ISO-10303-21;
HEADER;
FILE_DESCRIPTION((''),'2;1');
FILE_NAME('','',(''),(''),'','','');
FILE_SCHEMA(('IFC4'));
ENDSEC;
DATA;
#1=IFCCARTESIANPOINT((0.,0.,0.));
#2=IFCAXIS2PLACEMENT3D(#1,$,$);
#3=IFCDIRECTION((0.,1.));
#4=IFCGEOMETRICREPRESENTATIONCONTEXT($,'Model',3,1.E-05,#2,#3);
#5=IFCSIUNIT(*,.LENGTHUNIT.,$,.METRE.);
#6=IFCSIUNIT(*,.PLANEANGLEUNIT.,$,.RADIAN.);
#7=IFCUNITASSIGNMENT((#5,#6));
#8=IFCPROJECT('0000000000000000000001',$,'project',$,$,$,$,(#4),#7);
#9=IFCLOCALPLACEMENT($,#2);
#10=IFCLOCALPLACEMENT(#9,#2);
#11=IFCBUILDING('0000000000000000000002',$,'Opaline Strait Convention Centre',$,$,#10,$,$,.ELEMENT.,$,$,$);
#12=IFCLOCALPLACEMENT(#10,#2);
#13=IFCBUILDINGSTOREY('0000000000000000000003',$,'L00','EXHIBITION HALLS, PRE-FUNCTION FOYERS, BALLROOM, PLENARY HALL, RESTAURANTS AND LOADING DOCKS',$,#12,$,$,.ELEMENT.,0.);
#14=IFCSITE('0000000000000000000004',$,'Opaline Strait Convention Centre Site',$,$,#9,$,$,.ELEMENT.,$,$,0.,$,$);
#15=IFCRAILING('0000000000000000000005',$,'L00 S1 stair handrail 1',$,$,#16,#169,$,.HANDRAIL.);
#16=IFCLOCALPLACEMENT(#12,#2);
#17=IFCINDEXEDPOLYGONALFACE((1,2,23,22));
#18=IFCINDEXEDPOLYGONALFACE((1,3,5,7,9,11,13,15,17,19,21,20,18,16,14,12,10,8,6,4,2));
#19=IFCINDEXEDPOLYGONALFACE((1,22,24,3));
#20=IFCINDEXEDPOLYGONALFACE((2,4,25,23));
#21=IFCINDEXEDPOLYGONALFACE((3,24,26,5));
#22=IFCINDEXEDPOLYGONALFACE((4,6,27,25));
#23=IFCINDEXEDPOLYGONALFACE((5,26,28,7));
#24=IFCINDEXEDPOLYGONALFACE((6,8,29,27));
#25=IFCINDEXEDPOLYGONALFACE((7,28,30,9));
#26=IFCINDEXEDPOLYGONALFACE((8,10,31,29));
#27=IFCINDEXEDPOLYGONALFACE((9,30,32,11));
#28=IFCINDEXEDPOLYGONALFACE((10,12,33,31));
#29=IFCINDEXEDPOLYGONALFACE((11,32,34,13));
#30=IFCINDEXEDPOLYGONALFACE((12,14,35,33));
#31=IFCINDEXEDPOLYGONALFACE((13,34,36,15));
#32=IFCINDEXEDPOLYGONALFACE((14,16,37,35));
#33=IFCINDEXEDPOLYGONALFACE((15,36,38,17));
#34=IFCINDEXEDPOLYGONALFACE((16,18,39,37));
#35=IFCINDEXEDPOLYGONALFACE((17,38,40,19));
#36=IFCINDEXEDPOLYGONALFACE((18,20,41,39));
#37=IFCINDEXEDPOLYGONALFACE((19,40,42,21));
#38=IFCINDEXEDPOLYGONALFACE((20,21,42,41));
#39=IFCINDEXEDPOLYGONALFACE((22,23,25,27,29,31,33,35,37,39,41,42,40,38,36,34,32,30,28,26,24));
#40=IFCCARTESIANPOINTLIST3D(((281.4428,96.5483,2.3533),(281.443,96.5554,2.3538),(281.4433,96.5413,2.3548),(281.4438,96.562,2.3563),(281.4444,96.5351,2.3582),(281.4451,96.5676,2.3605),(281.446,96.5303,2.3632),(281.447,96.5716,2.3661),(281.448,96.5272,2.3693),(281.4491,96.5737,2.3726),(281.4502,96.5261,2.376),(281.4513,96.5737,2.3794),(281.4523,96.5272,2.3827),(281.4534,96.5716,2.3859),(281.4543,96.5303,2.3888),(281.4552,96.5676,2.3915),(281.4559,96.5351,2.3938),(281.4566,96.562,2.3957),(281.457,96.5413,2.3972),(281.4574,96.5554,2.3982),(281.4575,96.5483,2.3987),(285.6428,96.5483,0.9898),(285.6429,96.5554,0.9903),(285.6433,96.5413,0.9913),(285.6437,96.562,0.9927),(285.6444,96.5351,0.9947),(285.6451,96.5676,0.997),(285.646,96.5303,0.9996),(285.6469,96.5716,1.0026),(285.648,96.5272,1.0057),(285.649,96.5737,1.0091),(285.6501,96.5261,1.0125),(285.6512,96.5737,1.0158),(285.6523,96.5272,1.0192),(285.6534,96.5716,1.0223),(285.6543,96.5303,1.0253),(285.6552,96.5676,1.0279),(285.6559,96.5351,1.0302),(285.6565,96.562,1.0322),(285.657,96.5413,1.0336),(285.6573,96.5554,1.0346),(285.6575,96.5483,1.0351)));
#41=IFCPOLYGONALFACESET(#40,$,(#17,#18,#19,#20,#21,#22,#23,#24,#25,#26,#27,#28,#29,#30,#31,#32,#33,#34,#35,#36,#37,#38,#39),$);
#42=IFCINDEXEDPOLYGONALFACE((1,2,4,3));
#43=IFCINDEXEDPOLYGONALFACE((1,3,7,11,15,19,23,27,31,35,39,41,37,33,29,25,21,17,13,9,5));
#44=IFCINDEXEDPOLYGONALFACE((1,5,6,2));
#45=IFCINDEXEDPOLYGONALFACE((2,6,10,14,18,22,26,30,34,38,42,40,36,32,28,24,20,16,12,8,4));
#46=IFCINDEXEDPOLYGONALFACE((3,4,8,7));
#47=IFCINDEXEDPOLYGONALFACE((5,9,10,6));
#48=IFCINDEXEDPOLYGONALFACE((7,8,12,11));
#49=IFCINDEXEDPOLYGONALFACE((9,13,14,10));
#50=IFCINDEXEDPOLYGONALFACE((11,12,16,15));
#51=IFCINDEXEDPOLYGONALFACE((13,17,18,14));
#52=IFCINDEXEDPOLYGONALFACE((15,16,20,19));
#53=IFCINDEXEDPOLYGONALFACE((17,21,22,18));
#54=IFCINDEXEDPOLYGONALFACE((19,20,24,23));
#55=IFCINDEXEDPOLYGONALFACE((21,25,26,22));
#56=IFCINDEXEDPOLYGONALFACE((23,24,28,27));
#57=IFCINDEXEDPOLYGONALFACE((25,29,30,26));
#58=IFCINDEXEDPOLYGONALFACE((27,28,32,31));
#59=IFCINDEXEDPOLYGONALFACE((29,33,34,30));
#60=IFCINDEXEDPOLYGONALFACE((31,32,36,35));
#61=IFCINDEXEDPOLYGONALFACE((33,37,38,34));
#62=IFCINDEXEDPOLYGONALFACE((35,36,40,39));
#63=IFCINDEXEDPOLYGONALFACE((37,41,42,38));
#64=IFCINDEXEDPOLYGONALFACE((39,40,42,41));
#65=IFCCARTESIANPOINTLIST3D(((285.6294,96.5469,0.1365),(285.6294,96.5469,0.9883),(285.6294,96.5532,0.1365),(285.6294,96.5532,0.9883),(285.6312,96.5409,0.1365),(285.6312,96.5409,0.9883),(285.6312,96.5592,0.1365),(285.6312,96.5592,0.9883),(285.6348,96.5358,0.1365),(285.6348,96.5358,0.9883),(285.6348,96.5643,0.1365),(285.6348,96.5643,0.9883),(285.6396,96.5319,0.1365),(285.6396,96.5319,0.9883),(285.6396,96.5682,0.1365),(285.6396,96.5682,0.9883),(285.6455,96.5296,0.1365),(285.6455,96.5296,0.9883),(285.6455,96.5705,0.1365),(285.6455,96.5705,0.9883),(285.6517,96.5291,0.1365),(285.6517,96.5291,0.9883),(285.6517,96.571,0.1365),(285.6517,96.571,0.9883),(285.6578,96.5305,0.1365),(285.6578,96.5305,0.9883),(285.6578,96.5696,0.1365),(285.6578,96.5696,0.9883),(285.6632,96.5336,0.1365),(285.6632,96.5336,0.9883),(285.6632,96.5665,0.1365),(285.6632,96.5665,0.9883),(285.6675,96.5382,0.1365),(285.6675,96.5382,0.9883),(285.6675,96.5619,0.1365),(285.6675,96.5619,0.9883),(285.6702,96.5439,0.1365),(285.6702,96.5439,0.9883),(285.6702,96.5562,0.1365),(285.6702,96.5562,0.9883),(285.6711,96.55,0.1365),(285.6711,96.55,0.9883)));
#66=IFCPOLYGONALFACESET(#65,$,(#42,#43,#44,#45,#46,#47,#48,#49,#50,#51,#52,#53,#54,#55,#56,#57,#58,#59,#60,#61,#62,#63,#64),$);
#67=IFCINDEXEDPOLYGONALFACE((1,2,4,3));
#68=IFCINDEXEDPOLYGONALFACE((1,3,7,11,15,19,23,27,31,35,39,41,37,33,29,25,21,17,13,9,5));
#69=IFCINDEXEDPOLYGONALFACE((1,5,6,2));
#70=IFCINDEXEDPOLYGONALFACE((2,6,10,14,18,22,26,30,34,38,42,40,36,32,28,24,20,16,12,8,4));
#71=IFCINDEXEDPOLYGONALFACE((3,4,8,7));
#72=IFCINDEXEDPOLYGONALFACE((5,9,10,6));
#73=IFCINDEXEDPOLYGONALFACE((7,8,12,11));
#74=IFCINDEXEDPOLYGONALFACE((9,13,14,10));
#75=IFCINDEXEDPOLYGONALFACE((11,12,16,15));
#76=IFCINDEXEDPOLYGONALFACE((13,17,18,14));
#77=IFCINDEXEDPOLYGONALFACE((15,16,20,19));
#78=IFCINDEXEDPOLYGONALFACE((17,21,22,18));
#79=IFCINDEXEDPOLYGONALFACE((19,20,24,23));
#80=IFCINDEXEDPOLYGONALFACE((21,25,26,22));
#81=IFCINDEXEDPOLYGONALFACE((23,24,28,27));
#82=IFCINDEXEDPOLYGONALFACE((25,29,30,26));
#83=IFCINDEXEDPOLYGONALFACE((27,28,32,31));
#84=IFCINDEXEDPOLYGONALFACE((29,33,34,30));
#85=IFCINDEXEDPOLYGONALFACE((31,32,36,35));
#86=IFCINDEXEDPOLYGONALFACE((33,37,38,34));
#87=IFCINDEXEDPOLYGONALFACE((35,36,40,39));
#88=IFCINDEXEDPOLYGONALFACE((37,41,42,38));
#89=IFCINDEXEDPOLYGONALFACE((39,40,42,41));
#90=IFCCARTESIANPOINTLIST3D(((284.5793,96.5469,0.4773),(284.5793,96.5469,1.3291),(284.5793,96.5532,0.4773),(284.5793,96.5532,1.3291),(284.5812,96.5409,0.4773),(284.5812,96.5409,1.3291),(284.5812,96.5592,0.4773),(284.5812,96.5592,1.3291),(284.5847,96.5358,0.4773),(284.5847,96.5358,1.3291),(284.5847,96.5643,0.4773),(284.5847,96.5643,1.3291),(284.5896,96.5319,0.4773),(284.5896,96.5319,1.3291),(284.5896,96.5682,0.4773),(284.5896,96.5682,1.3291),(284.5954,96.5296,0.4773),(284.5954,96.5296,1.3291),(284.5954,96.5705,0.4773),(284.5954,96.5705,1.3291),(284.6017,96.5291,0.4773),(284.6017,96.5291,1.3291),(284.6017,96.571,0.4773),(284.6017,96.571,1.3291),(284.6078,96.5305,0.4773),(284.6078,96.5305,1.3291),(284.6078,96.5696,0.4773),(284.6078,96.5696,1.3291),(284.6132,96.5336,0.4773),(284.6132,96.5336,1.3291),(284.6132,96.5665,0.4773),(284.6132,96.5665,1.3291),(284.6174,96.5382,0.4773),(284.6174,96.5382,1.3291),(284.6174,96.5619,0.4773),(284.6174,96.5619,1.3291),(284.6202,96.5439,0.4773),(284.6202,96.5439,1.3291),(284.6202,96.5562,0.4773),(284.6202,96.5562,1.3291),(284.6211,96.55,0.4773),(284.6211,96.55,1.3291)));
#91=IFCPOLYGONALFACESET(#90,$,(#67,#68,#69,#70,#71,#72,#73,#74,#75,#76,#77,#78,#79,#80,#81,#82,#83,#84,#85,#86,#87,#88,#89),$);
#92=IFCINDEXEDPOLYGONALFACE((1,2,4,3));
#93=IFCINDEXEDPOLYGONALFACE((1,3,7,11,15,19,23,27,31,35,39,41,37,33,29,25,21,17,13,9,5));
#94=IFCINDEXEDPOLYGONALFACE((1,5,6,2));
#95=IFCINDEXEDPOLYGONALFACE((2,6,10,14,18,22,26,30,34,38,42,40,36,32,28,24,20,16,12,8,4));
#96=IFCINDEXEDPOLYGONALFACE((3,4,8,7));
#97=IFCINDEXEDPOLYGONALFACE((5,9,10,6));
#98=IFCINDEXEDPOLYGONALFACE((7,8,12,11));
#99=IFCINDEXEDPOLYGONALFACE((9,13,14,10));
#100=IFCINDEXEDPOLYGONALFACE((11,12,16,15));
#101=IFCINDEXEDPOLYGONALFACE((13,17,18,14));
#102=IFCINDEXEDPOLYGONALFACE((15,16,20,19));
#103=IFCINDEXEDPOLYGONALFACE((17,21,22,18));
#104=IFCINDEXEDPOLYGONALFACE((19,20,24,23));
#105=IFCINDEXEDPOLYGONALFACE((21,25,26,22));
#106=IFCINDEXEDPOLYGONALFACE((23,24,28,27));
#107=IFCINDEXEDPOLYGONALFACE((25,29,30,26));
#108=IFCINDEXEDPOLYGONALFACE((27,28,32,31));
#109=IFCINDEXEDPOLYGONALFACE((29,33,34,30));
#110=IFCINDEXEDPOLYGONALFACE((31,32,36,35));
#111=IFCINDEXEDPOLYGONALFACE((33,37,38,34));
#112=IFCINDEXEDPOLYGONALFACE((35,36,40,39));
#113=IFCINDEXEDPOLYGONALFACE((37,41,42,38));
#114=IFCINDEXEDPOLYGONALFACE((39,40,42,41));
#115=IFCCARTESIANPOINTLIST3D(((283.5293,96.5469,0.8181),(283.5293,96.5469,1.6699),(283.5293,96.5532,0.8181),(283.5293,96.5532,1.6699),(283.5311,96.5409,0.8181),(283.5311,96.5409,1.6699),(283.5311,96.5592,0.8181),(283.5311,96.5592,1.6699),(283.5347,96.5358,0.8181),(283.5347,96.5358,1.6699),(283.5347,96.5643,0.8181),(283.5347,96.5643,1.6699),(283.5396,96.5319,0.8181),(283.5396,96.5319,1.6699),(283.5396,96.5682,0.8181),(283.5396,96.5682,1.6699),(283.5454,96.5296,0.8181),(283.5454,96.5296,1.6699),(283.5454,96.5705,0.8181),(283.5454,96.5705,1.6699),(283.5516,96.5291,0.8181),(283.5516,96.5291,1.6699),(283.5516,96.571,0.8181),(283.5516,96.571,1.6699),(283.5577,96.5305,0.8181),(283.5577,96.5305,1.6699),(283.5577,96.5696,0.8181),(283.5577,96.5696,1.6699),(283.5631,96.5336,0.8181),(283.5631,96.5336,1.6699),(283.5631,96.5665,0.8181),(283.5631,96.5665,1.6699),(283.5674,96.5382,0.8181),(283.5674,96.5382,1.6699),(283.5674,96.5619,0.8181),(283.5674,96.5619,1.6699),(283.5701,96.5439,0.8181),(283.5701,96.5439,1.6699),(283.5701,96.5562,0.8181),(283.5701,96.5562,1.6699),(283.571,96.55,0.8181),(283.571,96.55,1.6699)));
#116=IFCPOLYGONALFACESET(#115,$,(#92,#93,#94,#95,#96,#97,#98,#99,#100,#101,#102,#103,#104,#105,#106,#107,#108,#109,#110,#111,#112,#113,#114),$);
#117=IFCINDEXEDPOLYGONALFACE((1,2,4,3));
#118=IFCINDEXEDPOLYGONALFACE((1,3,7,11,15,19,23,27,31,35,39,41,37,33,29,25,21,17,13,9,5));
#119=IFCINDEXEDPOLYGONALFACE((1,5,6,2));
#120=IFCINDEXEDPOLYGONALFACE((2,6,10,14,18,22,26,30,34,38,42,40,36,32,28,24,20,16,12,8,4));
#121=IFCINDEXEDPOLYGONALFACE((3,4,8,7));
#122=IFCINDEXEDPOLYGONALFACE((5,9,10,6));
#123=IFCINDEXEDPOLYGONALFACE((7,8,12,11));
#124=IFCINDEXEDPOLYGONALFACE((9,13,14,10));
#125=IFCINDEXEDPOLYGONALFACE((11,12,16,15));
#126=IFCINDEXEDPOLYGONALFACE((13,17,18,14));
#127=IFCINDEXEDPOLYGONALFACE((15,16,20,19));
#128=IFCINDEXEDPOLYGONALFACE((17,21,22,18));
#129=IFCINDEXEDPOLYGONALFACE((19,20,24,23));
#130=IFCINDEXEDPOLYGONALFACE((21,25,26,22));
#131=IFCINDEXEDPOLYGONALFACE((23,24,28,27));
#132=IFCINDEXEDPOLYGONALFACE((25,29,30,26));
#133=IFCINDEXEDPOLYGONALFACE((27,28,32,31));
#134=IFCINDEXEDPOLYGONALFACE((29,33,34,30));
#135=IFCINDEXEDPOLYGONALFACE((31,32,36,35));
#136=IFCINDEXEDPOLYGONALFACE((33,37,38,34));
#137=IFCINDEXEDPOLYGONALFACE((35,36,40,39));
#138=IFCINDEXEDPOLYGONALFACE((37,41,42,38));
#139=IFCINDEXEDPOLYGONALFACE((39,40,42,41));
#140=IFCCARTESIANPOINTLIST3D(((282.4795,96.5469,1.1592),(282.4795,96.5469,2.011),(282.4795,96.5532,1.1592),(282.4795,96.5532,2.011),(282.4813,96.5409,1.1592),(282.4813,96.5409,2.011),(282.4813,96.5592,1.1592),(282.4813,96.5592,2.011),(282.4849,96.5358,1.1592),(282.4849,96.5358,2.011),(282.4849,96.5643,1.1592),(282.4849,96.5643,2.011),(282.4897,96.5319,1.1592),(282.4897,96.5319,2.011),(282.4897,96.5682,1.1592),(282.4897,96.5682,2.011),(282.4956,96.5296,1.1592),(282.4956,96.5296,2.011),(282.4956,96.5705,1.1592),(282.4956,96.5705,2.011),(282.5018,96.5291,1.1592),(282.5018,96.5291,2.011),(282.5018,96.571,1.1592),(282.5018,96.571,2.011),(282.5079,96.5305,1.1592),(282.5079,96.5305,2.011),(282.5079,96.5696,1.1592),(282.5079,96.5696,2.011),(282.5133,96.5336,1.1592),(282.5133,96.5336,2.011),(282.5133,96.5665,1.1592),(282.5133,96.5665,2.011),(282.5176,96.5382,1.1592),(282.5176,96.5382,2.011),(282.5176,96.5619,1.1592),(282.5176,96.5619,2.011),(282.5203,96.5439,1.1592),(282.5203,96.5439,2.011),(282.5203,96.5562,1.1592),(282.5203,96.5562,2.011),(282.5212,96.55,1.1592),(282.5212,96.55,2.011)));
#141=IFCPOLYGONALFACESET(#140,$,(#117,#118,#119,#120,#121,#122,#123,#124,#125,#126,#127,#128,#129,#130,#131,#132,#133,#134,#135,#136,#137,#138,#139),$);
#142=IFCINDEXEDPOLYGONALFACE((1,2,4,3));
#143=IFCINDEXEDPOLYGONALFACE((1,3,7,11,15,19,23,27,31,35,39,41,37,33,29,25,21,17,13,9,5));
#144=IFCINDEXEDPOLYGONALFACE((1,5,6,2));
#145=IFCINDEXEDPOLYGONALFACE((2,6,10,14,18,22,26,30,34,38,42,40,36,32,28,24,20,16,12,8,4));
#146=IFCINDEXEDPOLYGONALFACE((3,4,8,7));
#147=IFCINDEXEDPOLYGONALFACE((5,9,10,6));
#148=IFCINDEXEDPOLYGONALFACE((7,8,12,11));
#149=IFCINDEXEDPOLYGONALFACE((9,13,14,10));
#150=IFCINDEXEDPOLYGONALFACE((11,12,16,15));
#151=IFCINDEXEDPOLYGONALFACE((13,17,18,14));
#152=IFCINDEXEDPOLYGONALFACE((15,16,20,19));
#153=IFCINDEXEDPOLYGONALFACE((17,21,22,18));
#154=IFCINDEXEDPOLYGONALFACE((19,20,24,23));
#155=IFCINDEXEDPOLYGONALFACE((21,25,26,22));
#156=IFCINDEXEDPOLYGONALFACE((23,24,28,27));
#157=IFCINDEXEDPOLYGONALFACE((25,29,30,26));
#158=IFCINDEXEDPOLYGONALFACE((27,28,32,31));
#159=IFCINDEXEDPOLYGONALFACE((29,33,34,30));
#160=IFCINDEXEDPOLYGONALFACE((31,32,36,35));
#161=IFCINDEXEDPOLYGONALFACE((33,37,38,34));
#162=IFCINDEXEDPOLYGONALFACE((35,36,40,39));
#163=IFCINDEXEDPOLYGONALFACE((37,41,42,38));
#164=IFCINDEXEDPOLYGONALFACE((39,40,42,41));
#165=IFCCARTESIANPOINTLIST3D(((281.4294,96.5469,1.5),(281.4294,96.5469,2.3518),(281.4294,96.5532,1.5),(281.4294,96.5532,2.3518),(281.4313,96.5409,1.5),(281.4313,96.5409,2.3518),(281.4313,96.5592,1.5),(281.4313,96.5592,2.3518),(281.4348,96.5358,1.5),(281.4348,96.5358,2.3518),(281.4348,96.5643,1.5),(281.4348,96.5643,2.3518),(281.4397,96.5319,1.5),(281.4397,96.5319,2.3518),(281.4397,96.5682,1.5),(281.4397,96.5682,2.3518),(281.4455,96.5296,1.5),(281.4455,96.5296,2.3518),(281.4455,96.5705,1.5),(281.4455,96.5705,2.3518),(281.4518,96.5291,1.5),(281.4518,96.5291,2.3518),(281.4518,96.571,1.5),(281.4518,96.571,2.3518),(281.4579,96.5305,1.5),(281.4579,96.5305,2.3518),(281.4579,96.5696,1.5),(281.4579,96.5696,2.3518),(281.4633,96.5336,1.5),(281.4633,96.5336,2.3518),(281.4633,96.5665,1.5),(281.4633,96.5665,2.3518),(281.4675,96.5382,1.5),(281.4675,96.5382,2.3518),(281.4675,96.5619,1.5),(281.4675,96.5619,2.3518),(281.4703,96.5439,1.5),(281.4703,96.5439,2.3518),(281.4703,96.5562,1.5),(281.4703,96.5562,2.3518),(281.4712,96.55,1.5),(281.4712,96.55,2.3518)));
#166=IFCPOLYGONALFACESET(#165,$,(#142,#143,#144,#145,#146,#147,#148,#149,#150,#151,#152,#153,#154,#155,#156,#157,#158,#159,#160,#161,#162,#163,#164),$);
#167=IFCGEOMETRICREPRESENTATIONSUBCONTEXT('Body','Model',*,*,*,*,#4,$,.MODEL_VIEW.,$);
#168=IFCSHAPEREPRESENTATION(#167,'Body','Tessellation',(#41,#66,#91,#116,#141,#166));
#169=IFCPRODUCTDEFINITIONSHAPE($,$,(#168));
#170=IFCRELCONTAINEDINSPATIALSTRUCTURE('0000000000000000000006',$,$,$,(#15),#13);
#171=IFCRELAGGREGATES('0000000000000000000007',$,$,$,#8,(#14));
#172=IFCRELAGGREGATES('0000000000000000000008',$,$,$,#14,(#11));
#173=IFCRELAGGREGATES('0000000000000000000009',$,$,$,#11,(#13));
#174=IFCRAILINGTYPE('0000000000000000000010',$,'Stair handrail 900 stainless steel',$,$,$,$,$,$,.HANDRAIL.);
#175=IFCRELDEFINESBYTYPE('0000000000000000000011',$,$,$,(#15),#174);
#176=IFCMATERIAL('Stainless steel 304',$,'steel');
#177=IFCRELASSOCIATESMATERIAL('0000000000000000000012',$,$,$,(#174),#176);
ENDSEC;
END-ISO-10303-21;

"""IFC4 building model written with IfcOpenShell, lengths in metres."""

from ifc_helpers import new_model, si_unit, direction, frame, origin, origin_2d, place, context, subcontext, project, spatial, circle, extrude, material, type_object, element, save


model = new_model("IFC4")

# Units and contexts
model_context = context("Model", 3, precision=1e-05, world=origin(), true_north=direction((0.0, 1.0)))
body_context = subcontext(model_context, "Body", "Model", "MODEL_VIEW")
ifc_project = project(units=[si_unit("LENGTHUNIT", "METRE"), si_unit("PLANEANGLEUNIT", "RADIAN")], contexts=[model_context])

# Site, building, storey
site_placement = place(None, origin())
site = spatial("IfcSite", under=ifc_project, at=site_placement, Name="Opaline Strait Convention Centre Site", CompositionType="ELEMENT", RefElevation=0.0)
building_placement = place(site_placement, origin())
building = spatial("IfcBuilding", under=site, at=building_placement, Name="Opaline Strait Convention Centre", CompositionType="ELEMENT")
storey_placement = place(building_placement, origin())
storey = spatial("IfcBuildingStorey", under=building, at=storey_placement, Name="L00", Description="EXHIBITION HALLS, PRE-FUNCTION FOYERS, BALLROOM, PLENARY HALL, RESTAURANTS AND LOADING DOCKS", CompositionType="ELEMENT", Elevation=0.0)

# Railing
ifc_material_1 = material(Name="Stainless steel 304", Category="steel")
railing_type_1 = type_object("IfcRailingType", Name="Stair handrail 900 stainless steel", PredefinedType="HANDRAIL", material=ifc_material_1)
for number, where, name in (
    (1, (285.6501, 96.55, 0.1365), "L00 S1 stair handrail 1"),
):
    element("IfcRailing", number, at=place(storey_placement, frame(where)), inside=storey, type_object=railing_type_1, Name=name, PredefinedType="HANDRAIL", context=body_context, shape_type="SweptSolid", body=[
        extrude(circle(Radius=0.0239, at=origin_2d()), frame((0.0, 0.0, 0.876), z_axis=(-0.951131, 0.0, 0.308787), x_axis=(0.0, -1.0, 0.0)), (0.0, 0.0, 1.0), 4.4158),
        extrude(circle(Radius=0.021, at=origin_2d()), origin(), (0.0, 0.0, 1.0), 0.8518),
        extrude(circle(Radius=0.021, at=origin_2d()), frame((-1.05, 0.0, 0.3408)), (0.0, 0.0, 1.0), 0.8518),
        extrude(circle(Radius=0.021, at=origin_2d()), frame((-2.1001, 0.0, 0.6816)), (0.0, 0.0, 1.0), 0.8518),
        extrude(circle(Radius=0.021, at=origin_2d()), frame((-3.1499, 0.0, 1.0227)), (0.0, 0.0, 1.0), 0.8518),
        extrude(circle(Radius=0.021, at=origin_2d()), frame((-4.2, 0.0, 1.3635)), (0.0, 0.0, 1.0), 0.8518),
    ])

save(model, "model.ifc")
